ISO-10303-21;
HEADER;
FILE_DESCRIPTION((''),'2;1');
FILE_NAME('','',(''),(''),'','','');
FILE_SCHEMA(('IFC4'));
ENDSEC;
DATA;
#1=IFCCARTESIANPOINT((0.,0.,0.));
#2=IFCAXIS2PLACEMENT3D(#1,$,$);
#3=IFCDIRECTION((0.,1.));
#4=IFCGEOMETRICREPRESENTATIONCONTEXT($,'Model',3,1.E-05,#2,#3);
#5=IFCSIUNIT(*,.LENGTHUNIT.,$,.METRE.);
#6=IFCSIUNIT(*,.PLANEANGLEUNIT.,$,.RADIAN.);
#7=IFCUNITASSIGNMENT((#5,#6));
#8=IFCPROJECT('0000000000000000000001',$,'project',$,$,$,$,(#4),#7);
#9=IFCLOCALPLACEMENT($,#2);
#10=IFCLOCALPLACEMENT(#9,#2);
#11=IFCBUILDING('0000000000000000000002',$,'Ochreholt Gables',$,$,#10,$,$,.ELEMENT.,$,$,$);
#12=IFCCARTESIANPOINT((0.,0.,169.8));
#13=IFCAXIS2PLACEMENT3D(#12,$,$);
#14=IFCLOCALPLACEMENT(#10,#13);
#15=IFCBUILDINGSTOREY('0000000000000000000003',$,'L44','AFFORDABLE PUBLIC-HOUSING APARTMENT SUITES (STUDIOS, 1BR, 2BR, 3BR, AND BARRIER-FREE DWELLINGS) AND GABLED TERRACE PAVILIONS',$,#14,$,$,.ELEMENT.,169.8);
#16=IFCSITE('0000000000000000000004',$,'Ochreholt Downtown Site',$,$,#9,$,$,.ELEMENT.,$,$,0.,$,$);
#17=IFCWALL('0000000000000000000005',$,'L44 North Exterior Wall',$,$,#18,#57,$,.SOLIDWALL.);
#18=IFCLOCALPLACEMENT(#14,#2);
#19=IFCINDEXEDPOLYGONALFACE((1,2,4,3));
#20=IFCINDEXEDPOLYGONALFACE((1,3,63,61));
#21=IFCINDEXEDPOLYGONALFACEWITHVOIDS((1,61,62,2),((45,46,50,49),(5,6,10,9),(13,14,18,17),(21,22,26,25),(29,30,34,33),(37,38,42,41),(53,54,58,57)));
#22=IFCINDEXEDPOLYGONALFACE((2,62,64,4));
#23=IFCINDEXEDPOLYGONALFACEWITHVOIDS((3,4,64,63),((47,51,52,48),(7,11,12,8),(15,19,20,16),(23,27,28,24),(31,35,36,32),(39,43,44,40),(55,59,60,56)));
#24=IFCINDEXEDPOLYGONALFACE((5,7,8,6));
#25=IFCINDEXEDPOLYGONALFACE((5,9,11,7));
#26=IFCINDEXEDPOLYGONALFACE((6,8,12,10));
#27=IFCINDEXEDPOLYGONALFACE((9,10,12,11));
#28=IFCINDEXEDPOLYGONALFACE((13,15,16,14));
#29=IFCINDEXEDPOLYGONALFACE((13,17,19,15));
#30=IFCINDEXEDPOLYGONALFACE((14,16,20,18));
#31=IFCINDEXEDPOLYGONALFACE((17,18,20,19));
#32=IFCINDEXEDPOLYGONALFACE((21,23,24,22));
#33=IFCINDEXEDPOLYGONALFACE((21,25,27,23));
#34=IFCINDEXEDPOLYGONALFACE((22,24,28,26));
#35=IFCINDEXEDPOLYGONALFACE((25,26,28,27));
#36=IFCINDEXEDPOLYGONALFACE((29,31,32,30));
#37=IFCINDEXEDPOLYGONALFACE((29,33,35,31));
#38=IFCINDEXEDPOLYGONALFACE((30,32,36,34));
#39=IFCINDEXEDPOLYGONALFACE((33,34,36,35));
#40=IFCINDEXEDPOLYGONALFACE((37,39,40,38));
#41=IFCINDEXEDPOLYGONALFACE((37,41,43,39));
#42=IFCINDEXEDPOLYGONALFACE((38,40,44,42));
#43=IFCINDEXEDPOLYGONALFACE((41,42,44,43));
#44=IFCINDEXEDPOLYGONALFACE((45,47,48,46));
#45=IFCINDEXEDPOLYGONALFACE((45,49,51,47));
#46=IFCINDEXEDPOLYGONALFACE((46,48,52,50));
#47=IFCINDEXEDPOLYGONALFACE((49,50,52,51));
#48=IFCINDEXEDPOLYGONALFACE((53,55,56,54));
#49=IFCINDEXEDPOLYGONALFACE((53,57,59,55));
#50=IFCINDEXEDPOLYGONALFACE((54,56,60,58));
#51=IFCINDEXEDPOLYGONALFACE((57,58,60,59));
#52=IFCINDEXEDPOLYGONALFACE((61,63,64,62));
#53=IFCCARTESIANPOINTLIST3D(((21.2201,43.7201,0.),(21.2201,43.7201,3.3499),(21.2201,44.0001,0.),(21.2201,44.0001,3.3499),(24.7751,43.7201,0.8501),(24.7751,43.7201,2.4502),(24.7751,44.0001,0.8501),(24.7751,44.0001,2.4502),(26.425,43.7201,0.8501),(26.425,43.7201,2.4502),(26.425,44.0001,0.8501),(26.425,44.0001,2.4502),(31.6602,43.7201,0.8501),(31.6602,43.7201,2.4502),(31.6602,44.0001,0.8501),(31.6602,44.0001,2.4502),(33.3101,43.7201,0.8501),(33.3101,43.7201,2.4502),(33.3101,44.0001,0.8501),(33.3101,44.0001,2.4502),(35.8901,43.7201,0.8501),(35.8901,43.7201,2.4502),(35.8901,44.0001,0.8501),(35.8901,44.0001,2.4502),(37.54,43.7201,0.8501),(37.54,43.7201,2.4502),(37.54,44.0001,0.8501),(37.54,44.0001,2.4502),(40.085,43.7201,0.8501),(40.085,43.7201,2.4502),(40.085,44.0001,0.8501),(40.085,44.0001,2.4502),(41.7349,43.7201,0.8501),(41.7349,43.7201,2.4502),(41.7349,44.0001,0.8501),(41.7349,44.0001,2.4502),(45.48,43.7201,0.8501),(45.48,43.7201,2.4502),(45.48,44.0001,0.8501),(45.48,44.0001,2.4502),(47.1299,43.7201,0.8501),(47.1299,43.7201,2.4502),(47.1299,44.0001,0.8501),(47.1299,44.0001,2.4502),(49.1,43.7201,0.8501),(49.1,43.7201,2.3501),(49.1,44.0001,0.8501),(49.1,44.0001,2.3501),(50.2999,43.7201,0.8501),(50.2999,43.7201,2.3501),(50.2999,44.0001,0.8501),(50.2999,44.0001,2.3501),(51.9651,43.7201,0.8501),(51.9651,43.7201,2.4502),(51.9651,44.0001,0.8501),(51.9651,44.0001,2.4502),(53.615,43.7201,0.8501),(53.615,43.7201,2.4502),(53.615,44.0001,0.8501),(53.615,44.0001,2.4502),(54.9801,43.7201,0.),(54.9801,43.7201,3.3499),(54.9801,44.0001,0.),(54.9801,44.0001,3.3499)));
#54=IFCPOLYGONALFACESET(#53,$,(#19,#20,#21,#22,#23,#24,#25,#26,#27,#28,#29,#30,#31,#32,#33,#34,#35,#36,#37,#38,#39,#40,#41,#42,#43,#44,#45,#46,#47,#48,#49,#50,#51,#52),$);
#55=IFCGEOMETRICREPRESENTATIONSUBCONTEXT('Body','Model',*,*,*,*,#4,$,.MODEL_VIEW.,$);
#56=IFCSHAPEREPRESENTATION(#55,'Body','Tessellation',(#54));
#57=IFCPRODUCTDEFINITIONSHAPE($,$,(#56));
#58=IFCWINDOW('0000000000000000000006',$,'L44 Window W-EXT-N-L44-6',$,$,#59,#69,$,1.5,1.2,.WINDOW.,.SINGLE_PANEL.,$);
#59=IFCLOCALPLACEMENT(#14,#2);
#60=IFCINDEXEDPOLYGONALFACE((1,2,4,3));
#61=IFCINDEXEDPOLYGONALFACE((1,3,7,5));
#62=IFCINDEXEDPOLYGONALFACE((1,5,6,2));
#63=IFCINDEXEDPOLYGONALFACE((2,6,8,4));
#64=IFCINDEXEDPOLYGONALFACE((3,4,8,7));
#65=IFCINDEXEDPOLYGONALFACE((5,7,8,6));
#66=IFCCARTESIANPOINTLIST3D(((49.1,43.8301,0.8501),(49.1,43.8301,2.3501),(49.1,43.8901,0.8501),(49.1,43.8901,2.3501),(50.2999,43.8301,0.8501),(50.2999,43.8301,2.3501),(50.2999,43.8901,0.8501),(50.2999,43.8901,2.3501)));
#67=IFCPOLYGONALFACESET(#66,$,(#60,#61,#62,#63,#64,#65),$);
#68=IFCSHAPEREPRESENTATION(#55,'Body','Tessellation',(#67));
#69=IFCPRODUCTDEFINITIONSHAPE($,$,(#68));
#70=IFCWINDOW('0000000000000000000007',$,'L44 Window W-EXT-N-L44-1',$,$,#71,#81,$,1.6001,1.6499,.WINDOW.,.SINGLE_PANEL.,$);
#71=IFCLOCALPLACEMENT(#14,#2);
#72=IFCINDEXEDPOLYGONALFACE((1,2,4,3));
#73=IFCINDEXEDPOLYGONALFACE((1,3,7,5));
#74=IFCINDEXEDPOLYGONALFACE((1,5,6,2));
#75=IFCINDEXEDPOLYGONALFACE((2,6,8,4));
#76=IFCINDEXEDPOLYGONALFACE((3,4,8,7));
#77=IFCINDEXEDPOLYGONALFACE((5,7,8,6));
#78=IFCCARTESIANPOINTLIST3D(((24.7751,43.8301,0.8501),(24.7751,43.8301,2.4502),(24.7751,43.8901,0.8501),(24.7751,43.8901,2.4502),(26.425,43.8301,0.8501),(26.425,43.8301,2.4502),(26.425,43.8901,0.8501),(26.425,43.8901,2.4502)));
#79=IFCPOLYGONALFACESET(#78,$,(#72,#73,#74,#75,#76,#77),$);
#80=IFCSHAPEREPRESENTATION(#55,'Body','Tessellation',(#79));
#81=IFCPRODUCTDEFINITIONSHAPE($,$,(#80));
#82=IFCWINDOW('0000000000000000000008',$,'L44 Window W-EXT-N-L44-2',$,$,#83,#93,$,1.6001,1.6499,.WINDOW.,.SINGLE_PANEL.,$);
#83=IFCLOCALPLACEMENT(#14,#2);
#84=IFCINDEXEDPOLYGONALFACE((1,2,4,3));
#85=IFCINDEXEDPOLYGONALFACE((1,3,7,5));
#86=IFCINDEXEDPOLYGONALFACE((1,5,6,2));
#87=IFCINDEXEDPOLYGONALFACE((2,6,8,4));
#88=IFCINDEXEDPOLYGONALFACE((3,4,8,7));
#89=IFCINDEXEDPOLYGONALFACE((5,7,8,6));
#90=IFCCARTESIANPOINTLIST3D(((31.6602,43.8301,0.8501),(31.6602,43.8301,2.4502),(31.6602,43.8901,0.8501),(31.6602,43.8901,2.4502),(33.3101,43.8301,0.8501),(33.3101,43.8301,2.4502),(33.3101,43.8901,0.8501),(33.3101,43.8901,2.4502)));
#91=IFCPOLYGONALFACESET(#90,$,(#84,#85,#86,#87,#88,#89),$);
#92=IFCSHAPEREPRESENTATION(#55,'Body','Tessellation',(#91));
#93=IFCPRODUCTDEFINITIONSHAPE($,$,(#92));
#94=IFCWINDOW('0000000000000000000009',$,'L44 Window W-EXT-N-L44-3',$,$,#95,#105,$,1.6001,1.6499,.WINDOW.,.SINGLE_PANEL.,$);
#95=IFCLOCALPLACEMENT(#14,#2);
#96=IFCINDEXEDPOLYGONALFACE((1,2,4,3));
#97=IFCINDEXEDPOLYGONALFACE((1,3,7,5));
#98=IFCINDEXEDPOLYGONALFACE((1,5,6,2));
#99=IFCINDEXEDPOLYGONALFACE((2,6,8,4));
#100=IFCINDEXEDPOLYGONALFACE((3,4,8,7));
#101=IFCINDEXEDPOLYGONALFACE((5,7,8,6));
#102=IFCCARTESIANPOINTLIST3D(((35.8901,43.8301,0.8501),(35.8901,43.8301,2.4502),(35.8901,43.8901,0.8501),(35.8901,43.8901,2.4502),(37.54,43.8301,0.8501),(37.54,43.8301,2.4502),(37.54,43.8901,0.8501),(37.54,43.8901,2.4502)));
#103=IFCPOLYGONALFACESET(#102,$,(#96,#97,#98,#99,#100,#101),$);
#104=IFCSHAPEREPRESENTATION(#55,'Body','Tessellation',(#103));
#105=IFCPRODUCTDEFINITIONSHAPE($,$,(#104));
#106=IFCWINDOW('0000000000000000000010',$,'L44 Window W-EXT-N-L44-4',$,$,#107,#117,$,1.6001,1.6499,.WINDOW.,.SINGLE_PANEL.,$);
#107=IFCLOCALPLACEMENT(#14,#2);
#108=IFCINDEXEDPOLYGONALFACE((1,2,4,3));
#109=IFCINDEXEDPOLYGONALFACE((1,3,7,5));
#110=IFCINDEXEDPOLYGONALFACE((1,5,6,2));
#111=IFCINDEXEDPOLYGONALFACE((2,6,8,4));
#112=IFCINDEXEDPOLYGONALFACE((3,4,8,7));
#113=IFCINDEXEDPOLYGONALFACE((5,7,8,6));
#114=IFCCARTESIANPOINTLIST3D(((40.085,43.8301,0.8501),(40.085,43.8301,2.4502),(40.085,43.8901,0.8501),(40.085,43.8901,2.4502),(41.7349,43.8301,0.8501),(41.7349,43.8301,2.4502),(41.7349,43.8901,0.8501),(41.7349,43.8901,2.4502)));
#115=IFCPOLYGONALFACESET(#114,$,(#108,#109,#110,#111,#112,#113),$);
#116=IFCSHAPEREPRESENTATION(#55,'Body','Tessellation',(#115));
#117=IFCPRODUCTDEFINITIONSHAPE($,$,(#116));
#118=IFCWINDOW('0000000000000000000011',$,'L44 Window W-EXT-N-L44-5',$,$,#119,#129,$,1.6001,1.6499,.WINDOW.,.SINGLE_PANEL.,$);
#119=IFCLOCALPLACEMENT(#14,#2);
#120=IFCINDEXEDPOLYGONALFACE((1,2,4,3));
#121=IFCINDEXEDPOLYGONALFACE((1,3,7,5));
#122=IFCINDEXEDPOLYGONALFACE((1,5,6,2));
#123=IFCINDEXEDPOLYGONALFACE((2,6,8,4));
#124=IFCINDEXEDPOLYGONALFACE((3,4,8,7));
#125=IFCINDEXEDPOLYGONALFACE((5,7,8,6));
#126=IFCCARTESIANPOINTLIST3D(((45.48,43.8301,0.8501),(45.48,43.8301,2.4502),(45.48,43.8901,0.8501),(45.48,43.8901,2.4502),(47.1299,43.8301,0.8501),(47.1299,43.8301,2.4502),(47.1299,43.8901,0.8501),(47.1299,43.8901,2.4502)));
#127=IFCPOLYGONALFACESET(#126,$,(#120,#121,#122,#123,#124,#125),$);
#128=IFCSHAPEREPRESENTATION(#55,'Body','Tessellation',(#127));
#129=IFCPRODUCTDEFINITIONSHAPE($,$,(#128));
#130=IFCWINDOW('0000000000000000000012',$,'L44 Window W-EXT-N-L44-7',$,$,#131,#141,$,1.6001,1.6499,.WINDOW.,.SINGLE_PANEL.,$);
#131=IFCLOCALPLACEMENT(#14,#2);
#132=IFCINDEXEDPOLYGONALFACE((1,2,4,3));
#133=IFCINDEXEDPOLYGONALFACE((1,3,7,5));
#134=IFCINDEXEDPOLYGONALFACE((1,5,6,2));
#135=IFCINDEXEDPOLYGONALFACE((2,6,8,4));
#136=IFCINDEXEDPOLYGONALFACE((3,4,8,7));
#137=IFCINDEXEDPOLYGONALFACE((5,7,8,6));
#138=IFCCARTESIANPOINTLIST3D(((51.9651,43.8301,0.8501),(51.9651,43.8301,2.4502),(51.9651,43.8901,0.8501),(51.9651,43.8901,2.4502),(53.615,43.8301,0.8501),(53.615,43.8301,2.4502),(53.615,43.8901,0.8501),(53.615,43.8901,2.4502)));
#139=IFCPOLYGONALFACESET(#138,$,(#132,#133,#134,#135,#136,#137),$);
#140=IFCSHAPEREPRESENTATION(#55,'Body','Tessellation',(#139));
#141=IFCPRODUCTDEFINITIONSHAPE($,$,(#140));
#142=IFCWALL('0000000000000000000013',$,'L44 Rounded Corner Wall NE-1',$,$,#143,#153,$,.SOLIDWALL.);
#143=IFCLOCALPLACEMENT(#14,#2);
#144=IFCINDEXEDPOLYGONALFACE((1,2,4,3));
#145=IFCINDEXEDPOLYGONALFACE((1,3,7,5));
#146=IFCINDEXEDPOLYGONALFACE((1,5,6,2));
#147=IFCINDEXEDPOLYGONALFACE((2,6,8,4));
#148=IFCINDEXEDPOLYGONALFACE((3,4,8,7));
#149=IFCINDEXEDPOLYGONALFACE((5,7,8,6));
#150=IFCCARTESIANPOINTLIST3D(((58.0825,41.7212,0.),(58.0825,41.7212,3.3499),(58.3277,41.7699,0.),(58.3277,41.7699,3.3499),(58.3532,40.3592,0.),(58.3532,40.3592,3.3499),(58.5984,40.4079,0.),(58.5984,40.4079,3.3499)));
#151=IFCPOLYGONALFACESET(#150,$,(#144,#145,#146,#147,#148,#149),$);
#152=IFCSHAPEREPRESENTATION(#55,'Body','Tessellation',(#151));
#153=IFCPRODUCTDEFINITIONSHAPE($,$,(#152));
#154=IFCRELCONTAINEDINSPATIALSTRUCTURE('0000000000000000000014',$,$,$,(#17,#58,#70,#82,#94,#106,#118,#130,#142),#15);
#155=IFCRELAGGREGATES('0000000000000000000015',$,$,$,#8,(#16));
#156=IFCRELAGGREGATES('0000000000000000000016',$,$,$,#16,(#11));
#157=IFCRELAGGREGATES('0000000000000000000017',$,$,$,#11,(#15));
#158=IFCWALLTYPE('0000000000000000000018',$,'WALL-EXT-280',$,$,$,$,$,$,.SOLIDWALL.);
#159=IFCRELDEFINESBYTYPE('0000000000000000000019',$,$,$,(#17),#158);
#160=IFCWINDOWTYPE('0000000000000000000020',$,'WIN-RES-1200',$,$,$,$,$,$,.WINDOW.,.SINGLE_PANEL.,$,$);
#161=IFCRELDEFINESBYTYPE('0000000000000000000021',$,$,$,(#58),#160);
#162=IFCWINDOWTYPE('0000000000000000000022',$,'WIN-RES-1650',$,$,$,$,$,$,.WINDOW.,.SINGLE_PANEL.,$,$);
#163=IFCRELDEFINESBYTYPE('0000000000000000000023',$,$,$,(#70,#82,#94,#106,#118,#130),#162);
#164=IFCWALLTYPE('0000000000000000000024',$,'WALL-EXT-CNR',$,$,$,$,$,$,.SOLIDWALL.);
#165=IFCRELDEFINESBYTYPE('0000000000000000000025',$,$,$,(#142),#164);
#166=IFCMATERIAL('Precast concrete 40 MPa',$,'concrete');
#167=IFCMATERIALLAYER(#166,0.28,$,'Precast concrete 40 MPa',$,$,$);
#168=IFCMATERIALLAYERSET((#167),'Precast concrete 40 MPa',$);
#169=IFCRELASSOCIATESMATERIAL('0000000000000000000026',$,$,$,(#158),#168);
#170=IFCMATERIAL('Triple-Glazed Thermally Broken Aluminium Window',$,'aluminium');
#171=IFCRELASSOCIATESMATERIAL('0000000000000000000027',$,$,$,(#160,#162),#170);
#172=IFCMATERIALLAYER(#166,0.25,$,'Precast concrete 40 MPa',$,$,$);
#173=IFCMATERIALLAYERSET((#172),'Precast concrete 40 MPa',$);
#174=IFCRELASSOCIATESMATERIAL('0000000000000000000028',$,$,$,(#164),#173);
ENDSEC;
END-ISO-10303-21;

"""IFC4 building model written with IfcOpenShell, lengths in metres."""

from ifc_helpers import new_model, si_unit, direction, frame, frame_2d, origin, place, context, subcontext, project, spatial, rectangle, extrude, material, layer, layer_set, type_object, element, fill, save


model = new_model("IFC4")

# Units and contexts
model_context = context("Model", 3, precision=1e-05, world=origin(), true_north=direction((0.0, 1.0)))
body_context = subcontext(model_context, "Body", "Model", "MODEL_VIEW")
ifc_project = project(units=[si_unit("LENGTHUNIT", "METRE"), si_unit("PLANEANGLEUNIT", "RADIAN")], contexts=[model_context])

# Site, building, storey
site_placement = place(None, origin())
site = spatial("IfcSite", under=ifc_project, at=site_placement, Name="Ochreholt Downtown Site", CompositionType="ELEMENT", RefElevation=0.0)
building_placement = place(site_placement, origin())
building = spatial("IfcBuilding", under=site, at=building_placement, Name="Ochreholt Gables", CompositionType="ELEMENT")
storey_placement = place(building_placement, frame((0.0, 0.0, 169.8)))
storey = spatial("IfcBuildingStorey", under=building, at=storey_placement, Name="L44", Description="AFFORDABLE PUBLIC-HOUSING APARTMENT SUITES (STUDIOS, 1BR, 2BR, 3BR, AND BARRIER-FREE DWELLINGS) AND GABLED TERRACE PAVILIONS", CompositionType="ELEMENT", Elevation=169.8)

# Wall, openings, windows
ifc_material_1 = material(Name="Precast concrete 40 MPa", Category="concrete")
ifc_layer_1 = layer(ifc_material_1, 0.28, Name="Precast concrete 40 MPa")
ifc_layer_set_1 = layer_set([ifc_layer_1], Name="Precast concrete 40 MPa")
wall_type_1 = type_object("IfcWallType", Name="WALL-EXT-280", PredefinedType="SOLIDWALL", material=ifc_layer_set_1)
wall_1_placement = place(storey_placement, frame((54.98, 43.8601, 0.0), z_axis=(0.0, 0.0, 1.0), x_axis=(-1.0, 0.0, 0.0)))
wall_1 = element("IfcWall", 1, at=wall_1_placement, inside=storey, type_object=wall_type_1, Name="L44 North Exterior Wall", PredefinedType="SOLIDWALL", context=body_context, shape_type="SweptSolid", body=[
    extrude(rectangle(XDim=33.76, YDim=0.28, at=frame_2d((16.8799, 0.0))), origin(), (0.0, 0.0, 1.0), 3.3499),
])
opening_1_placement = place(wall_1_placement, frame((28.5549, 0.0, 0.8501)))
opening_1 = element("IfcOpeningElement", 2, at=opening_1_placement, cuts=wall_1, PredefinedType="OPENING", context=body_context, shape_type="SweptSolid", body=[
    extrude(rectangle(XDim=1.6499, YDim=1.6001, at=frame_2d((0.825, 0.8))), frame((0.0, 0.1499, 0.0), z_axis=(0.0, -1.0, 0.0), x_axis=(1.0, 0.0, 0.0)), (0.0, 0.0, 1.0), 0.3),
])
opening_2_placement = place(wall_1_placement, frame((21.6699, 0.0, 0.8501)))
opening_2 = element("IfcOpeningElement", 3, at=opening_2_placement, cuts=wall_1, PredefinedType="OPENING", context=body_context, shape_type="SweptSolid", body=[
    extrude(rectangle(XDim=1.6499, YDim=1.6001, at=frame_2d((0.825, 0.8))), frame((0.0, 0.1499, 0.0), z_axis=(0.0, -1.0, 0.0), x_axis=(1.0, 0.0, 0.0)), (0.0, 0.0, 1.0), 0.3),
])
opening_3_placement = place(wall_1_placement, frame((17.4399, 0.0, 0.8501)))
opening_3 = element("IfcOpeningElement", 4, at=opening_3_placement, cuts=wall_1, PredefinedType="OPENING", context=body_context, shape_type="SweptSolid", body=[
    extrude(rectangle(XDim=1.6499, YDim=1.6001, at=frame_2d((0.825, 0.8))), frame((0.0, 0.1499, 0.0), z_axis=(0.0, -1.0, 0.0), x_axis=(1.0, 0.0, 0.0)), (0.0, 0.0, 1.0), 0.3),
])
opening_4_placement = place(wall_1_placement, frame((13.2451, 0.0, 0.8501)))
opening_4 = element("IfcOpeningElement", 5, at=opening_4_placement, cuts=wall_1, PredefinedType="OPENING", context=body_context, shape_type="SweptSolid", body=[
    extrude(rectangle(XDim=1.6499, YDim=1.6001, at=frame_2d((0.825, 0.8))), frame((0.0, 0.1499, 0.0), z_axis=(0.0, -1.0, 0.0), x_axis=(1.0, 0.0, 0.0)), (0.0, 0.0, 1.0), 0.3),
])
opening_5_placement = place(wall_1_placement, frame((7.8501, 0.0, 0.8501)))
opening_5 = element("IfcOpeningElement", 6, at=opening_5_placement, cuts=wall_1, PredefinedType="OPENING", context=body_context, shape_type="SweptSolid", body=[
    extrude(rectangle(XDim=1.6499, YDim=1.6001, at=frame_2d((0.825, 0.8))), frame((0.0, 0.1499, 0.0), z_axis=(0.0, -1.0, 0.0), x_axis=(1.0, 0.0, 0.0)), (0.0, 0.0, 1.0), 0.3),
])
opening_6_placement = place(wall_1_placement, frame((4.6799, 0.0, 0.8501)))
opening_6 = element("IfcOpeningElement", 7, at=opening_6_placement, cuts=wall_1, PredefinedType="OPENING", context=body_context, shape_type="SweptSolid", body=[
    extrude(rectangle(XDim=1.2, YDim=1.5, at=frame_2d((0.6001, 0.75))), frame((0.0, 0.1499, 0.0), z_axis=(0.0, -1.0, 0.0), x_axis=(1.0, 0.0, 0.0)), (0.0, 0.0, 1.0), 0.3),
])
opening_7_placement = place(wall_1_placement, frame((1.365, 0.0, 0.8501)))
opening_7 = element("IfcOpeningElement", 8, at=opening_7_placement, cuts=wall_1, PredefinedType="OPENING", context=body_context, shape_type="SweptSolid", body=[
    extrude(rectangle(XDim=1.6499, YDim=1.6001, at=frame_2d((0.825, 0.8))), frame((0.0, 0.1499, 0.0), z_axis=(0.0, -1.0, 0.0), x_axis=(1.0, 0.0, 0.0)), (0.0, 0.0, 1.0), 0.3),
])
ifc_material_2 = material(Name="Triple-Glazed Thermally Broken Aluminium Window", Category="aluminium")
window_type_1 = type_object("IfcWindowType", Name="WIN-RES-1200", PartitioningType="SINGLE_PANEL", PredefinedType="WINDOW", material=ifc_material_2)
window_1_placement = place(opening_6_placement, origin())
window_1 = element("IfcWindow", 9, at=window_1_placement, inside=storey, type_object=window_type_1, Name="L44 Window W-EXT-N-L44-6", OverallHeight=1.5, OverallWidth=1.2, PartitioningType="SINGLE_PANEL", PredefinedType="WINDOW", context=body_context, shape_type="SweptSolid", body=[
    extrude(rectangle(XDim=1.2, YDim=1.5, at=frame_2d((0.6001, 0.75))), frame((0.0, 0.03, 0.0), z_axis=(0.0, -1.0, 0.0), x_axis=(1.0, 0.0, 0.0)), (0.0, 0.0, 1.0), 0.0601),
])
fill(opening_6, window_1)
window_type_2 = type_object("IfcWindowType", Name="WIN-RES-1650", PartitioningType="SINGLE_PANEL", PredefinedType="WINDOW", material=ifc_material_2)
window_2_placement = place(opening_1_placement, origin())
window_2 = element("IfcWindow", 10, at=window_2_placement, inside=storey, type_object=window_type_2, Name="L44 Window W-EXT-N-L44-1", OverallHeight=1.6001, OverallWidth=1.6499, PartitioningType="SINGLE_PANEL", PredefinedType="WINDOW", context=body_context, shape_type="SweptSolid", body=[
    extrude(rectangle(XDim=1.6499, YDim=1.6001, at=frame_2d((0.825, 0.8))), frame((0.0, 0.03, 0.0), z_axis=(0.0, -1.0, 0.0), x_axis=(1.0, 0.0, 0.0)), (0.0, 0.0, 1.0), 0.0601),
])
fill(opening_1, window_2)
window_3_placement = place(opening_2_placement, origin())
window_3 = element("IfcWindow", 11, at=window_3_placement, inside=storey, type_object=window_type_2, Name="L44 Window W-EXT-N-L44-2", OverallHeight=1.6001, OverallWidth=1.6499, PartitioningType="SINGLE_PANEL", PredefinedType="WINDOW", context=body_context, shape_type="SweptSolid", body=[
    extrude(rectangle(XDim=1.6499, YDim=1.6001, at=frame_2d((0.825, 0.8))), frame((0.0, 0.03, 0.0), z_axis=(0.0, -1.0, 0.0), x_axis=(1.0, 0.0, 0.0)), (0.0, 0.0, 1.0), 0.0601),
])
fill(opening_2, window_3)
window_4_placement = place(opening_3_placement, origin())
window_4 = element("IfcWindow", 12, at=window_4_placement, inside=storey, type_object=window_type_2, Name="L44 Window W-EXT-N-L44-3", OverallHeight=1.6001, OverallWidth=1.6499, PartitioningType="SINGLE_PANEL", PredefinedType="WINDOW", context=body_context, shape_type="SweptSolid", body=[
    extrude(rectangle(XDim=1.6499, YDim=1.6001, at=frame_2d((0.825, 0.8))), frame((0.0, 0.03, 0.0), z_axis=(0.0, -1.0, 0.0), x_axis=(1.0, 0.0, 0.0)), (0.0, 0.0, 1.0), 0.0601),
])
fill(opening_3, window_4)
window_5_placement = place(opening_4_placement, origin())
window_5 = element("IfcWindow", 13, at=window_5_placement, inside=storey, type_object=window_type_2, Name="L44 Window W-EXT-N-L44-4", OverallHeight=1.6001, OverallWidth=1.6499, PartitioningType="SINGLE_PANEL", PredefinedType="WINDOW", context=body_context, shape_type="SweptSolid", body=[
    extrude(rectangle(XDim=1.6499, YDim=1.6001, at=frame_2d((0.825, 0.8))), frame((0.0, 0.03, 0.0), z_axis=(0.0, -1.0, 0.0), x_axis=(1.0, 0.0, 0.0)), (0.0, 0.0, 1.0), 0.0601),
])
fill(opening_4, window_5)
window_6_placement = place(opening_5_placement, origin())
window_6 = element("IfcWindow", 14, at=window_6_placement, inside=storey, type_object=window_type_2, Name="L44 Window W-EXT-N-L44-5", OverallHeight=1.6001, OverallWidth=1.6499, PartitioningType="SINGLE_PANEL", PredefinedType="WINDOW", context=body_context, shape_type="SweptSolid", body=[
    extrude(rectangle(XDim=1.6499, YDim=1.6001, at=frame_2d((0.825, 0.8))), frame((0.0, 0.03, 0.0), z_axis=(0.0, -1.0, 0.0), x_axis=(1.0, 0.0, 0.0)), (0.0, 0.0, 1.0), 0.0601),
])
fill(opening_5, window_6)
window_7_placement = place(opening_7_placement, origin())
window_7 = element("IfcWindow", 15, at=window_7_placement, inside=storey, type_object=window_type_2, Name="L44 Window W-EXT-N-L44-7", OverallHeight=1.6001, OverallWidth=1.6499, PartitioningType="SINGLE_PANEL", PredefinedType="WINDOW", context=body_context, shape_type="SweptSolid", body=[
    extrude(rectangle(XDim=1.6499, YDim=1.6001, at=frame_2d((0.825, 0.8))), frame((0.0, 0.03, 0.0), z_axis=(0.0, -1.0, 0.0), x_axis=(1.0, 0.0, 0.0)), (0.0, 0.0, 1.0), 0.0601),
])
fill(opening_7, window_7)

# Wall
ifc_layer_2 = layer(ifc_material_1, 0.25, Name="Precast concrete 40 MPa")
ifc_layer_set_2 = layer_set([ifc_layer_2], Name="Precast concrete 40 MPa")
wall_type_2 = type_object("IfcWallType", Name="WALL-EXT-CNR", PredefinedType="SOLIDWALL", material=ifc_layer_set_2)
wall_2_placement = place(storey_placement, frame((58.4758, 40.3835, 0.0), z_axis=(0.0, 0.0, 1.0), x_axis=(-0.194967, 0.98081, 0.0)))
element("IfcWall", 16, at=wall_2_placement, inside=storey, type_object=wall_type_2, Name="L44 Rounded Corner Wall NE-1", PredefinedType="SOLIDWALL", context=body_context, shape_type="SweptSolid", body=[
    extrude(rectangle(XDim=1.3887, YDim=0.25, at=frame_2d((0.6943, 0.0))), origin(), (0.0, 0.0, 1.0), 3.3499),
])

save(model, "model.ifc")
